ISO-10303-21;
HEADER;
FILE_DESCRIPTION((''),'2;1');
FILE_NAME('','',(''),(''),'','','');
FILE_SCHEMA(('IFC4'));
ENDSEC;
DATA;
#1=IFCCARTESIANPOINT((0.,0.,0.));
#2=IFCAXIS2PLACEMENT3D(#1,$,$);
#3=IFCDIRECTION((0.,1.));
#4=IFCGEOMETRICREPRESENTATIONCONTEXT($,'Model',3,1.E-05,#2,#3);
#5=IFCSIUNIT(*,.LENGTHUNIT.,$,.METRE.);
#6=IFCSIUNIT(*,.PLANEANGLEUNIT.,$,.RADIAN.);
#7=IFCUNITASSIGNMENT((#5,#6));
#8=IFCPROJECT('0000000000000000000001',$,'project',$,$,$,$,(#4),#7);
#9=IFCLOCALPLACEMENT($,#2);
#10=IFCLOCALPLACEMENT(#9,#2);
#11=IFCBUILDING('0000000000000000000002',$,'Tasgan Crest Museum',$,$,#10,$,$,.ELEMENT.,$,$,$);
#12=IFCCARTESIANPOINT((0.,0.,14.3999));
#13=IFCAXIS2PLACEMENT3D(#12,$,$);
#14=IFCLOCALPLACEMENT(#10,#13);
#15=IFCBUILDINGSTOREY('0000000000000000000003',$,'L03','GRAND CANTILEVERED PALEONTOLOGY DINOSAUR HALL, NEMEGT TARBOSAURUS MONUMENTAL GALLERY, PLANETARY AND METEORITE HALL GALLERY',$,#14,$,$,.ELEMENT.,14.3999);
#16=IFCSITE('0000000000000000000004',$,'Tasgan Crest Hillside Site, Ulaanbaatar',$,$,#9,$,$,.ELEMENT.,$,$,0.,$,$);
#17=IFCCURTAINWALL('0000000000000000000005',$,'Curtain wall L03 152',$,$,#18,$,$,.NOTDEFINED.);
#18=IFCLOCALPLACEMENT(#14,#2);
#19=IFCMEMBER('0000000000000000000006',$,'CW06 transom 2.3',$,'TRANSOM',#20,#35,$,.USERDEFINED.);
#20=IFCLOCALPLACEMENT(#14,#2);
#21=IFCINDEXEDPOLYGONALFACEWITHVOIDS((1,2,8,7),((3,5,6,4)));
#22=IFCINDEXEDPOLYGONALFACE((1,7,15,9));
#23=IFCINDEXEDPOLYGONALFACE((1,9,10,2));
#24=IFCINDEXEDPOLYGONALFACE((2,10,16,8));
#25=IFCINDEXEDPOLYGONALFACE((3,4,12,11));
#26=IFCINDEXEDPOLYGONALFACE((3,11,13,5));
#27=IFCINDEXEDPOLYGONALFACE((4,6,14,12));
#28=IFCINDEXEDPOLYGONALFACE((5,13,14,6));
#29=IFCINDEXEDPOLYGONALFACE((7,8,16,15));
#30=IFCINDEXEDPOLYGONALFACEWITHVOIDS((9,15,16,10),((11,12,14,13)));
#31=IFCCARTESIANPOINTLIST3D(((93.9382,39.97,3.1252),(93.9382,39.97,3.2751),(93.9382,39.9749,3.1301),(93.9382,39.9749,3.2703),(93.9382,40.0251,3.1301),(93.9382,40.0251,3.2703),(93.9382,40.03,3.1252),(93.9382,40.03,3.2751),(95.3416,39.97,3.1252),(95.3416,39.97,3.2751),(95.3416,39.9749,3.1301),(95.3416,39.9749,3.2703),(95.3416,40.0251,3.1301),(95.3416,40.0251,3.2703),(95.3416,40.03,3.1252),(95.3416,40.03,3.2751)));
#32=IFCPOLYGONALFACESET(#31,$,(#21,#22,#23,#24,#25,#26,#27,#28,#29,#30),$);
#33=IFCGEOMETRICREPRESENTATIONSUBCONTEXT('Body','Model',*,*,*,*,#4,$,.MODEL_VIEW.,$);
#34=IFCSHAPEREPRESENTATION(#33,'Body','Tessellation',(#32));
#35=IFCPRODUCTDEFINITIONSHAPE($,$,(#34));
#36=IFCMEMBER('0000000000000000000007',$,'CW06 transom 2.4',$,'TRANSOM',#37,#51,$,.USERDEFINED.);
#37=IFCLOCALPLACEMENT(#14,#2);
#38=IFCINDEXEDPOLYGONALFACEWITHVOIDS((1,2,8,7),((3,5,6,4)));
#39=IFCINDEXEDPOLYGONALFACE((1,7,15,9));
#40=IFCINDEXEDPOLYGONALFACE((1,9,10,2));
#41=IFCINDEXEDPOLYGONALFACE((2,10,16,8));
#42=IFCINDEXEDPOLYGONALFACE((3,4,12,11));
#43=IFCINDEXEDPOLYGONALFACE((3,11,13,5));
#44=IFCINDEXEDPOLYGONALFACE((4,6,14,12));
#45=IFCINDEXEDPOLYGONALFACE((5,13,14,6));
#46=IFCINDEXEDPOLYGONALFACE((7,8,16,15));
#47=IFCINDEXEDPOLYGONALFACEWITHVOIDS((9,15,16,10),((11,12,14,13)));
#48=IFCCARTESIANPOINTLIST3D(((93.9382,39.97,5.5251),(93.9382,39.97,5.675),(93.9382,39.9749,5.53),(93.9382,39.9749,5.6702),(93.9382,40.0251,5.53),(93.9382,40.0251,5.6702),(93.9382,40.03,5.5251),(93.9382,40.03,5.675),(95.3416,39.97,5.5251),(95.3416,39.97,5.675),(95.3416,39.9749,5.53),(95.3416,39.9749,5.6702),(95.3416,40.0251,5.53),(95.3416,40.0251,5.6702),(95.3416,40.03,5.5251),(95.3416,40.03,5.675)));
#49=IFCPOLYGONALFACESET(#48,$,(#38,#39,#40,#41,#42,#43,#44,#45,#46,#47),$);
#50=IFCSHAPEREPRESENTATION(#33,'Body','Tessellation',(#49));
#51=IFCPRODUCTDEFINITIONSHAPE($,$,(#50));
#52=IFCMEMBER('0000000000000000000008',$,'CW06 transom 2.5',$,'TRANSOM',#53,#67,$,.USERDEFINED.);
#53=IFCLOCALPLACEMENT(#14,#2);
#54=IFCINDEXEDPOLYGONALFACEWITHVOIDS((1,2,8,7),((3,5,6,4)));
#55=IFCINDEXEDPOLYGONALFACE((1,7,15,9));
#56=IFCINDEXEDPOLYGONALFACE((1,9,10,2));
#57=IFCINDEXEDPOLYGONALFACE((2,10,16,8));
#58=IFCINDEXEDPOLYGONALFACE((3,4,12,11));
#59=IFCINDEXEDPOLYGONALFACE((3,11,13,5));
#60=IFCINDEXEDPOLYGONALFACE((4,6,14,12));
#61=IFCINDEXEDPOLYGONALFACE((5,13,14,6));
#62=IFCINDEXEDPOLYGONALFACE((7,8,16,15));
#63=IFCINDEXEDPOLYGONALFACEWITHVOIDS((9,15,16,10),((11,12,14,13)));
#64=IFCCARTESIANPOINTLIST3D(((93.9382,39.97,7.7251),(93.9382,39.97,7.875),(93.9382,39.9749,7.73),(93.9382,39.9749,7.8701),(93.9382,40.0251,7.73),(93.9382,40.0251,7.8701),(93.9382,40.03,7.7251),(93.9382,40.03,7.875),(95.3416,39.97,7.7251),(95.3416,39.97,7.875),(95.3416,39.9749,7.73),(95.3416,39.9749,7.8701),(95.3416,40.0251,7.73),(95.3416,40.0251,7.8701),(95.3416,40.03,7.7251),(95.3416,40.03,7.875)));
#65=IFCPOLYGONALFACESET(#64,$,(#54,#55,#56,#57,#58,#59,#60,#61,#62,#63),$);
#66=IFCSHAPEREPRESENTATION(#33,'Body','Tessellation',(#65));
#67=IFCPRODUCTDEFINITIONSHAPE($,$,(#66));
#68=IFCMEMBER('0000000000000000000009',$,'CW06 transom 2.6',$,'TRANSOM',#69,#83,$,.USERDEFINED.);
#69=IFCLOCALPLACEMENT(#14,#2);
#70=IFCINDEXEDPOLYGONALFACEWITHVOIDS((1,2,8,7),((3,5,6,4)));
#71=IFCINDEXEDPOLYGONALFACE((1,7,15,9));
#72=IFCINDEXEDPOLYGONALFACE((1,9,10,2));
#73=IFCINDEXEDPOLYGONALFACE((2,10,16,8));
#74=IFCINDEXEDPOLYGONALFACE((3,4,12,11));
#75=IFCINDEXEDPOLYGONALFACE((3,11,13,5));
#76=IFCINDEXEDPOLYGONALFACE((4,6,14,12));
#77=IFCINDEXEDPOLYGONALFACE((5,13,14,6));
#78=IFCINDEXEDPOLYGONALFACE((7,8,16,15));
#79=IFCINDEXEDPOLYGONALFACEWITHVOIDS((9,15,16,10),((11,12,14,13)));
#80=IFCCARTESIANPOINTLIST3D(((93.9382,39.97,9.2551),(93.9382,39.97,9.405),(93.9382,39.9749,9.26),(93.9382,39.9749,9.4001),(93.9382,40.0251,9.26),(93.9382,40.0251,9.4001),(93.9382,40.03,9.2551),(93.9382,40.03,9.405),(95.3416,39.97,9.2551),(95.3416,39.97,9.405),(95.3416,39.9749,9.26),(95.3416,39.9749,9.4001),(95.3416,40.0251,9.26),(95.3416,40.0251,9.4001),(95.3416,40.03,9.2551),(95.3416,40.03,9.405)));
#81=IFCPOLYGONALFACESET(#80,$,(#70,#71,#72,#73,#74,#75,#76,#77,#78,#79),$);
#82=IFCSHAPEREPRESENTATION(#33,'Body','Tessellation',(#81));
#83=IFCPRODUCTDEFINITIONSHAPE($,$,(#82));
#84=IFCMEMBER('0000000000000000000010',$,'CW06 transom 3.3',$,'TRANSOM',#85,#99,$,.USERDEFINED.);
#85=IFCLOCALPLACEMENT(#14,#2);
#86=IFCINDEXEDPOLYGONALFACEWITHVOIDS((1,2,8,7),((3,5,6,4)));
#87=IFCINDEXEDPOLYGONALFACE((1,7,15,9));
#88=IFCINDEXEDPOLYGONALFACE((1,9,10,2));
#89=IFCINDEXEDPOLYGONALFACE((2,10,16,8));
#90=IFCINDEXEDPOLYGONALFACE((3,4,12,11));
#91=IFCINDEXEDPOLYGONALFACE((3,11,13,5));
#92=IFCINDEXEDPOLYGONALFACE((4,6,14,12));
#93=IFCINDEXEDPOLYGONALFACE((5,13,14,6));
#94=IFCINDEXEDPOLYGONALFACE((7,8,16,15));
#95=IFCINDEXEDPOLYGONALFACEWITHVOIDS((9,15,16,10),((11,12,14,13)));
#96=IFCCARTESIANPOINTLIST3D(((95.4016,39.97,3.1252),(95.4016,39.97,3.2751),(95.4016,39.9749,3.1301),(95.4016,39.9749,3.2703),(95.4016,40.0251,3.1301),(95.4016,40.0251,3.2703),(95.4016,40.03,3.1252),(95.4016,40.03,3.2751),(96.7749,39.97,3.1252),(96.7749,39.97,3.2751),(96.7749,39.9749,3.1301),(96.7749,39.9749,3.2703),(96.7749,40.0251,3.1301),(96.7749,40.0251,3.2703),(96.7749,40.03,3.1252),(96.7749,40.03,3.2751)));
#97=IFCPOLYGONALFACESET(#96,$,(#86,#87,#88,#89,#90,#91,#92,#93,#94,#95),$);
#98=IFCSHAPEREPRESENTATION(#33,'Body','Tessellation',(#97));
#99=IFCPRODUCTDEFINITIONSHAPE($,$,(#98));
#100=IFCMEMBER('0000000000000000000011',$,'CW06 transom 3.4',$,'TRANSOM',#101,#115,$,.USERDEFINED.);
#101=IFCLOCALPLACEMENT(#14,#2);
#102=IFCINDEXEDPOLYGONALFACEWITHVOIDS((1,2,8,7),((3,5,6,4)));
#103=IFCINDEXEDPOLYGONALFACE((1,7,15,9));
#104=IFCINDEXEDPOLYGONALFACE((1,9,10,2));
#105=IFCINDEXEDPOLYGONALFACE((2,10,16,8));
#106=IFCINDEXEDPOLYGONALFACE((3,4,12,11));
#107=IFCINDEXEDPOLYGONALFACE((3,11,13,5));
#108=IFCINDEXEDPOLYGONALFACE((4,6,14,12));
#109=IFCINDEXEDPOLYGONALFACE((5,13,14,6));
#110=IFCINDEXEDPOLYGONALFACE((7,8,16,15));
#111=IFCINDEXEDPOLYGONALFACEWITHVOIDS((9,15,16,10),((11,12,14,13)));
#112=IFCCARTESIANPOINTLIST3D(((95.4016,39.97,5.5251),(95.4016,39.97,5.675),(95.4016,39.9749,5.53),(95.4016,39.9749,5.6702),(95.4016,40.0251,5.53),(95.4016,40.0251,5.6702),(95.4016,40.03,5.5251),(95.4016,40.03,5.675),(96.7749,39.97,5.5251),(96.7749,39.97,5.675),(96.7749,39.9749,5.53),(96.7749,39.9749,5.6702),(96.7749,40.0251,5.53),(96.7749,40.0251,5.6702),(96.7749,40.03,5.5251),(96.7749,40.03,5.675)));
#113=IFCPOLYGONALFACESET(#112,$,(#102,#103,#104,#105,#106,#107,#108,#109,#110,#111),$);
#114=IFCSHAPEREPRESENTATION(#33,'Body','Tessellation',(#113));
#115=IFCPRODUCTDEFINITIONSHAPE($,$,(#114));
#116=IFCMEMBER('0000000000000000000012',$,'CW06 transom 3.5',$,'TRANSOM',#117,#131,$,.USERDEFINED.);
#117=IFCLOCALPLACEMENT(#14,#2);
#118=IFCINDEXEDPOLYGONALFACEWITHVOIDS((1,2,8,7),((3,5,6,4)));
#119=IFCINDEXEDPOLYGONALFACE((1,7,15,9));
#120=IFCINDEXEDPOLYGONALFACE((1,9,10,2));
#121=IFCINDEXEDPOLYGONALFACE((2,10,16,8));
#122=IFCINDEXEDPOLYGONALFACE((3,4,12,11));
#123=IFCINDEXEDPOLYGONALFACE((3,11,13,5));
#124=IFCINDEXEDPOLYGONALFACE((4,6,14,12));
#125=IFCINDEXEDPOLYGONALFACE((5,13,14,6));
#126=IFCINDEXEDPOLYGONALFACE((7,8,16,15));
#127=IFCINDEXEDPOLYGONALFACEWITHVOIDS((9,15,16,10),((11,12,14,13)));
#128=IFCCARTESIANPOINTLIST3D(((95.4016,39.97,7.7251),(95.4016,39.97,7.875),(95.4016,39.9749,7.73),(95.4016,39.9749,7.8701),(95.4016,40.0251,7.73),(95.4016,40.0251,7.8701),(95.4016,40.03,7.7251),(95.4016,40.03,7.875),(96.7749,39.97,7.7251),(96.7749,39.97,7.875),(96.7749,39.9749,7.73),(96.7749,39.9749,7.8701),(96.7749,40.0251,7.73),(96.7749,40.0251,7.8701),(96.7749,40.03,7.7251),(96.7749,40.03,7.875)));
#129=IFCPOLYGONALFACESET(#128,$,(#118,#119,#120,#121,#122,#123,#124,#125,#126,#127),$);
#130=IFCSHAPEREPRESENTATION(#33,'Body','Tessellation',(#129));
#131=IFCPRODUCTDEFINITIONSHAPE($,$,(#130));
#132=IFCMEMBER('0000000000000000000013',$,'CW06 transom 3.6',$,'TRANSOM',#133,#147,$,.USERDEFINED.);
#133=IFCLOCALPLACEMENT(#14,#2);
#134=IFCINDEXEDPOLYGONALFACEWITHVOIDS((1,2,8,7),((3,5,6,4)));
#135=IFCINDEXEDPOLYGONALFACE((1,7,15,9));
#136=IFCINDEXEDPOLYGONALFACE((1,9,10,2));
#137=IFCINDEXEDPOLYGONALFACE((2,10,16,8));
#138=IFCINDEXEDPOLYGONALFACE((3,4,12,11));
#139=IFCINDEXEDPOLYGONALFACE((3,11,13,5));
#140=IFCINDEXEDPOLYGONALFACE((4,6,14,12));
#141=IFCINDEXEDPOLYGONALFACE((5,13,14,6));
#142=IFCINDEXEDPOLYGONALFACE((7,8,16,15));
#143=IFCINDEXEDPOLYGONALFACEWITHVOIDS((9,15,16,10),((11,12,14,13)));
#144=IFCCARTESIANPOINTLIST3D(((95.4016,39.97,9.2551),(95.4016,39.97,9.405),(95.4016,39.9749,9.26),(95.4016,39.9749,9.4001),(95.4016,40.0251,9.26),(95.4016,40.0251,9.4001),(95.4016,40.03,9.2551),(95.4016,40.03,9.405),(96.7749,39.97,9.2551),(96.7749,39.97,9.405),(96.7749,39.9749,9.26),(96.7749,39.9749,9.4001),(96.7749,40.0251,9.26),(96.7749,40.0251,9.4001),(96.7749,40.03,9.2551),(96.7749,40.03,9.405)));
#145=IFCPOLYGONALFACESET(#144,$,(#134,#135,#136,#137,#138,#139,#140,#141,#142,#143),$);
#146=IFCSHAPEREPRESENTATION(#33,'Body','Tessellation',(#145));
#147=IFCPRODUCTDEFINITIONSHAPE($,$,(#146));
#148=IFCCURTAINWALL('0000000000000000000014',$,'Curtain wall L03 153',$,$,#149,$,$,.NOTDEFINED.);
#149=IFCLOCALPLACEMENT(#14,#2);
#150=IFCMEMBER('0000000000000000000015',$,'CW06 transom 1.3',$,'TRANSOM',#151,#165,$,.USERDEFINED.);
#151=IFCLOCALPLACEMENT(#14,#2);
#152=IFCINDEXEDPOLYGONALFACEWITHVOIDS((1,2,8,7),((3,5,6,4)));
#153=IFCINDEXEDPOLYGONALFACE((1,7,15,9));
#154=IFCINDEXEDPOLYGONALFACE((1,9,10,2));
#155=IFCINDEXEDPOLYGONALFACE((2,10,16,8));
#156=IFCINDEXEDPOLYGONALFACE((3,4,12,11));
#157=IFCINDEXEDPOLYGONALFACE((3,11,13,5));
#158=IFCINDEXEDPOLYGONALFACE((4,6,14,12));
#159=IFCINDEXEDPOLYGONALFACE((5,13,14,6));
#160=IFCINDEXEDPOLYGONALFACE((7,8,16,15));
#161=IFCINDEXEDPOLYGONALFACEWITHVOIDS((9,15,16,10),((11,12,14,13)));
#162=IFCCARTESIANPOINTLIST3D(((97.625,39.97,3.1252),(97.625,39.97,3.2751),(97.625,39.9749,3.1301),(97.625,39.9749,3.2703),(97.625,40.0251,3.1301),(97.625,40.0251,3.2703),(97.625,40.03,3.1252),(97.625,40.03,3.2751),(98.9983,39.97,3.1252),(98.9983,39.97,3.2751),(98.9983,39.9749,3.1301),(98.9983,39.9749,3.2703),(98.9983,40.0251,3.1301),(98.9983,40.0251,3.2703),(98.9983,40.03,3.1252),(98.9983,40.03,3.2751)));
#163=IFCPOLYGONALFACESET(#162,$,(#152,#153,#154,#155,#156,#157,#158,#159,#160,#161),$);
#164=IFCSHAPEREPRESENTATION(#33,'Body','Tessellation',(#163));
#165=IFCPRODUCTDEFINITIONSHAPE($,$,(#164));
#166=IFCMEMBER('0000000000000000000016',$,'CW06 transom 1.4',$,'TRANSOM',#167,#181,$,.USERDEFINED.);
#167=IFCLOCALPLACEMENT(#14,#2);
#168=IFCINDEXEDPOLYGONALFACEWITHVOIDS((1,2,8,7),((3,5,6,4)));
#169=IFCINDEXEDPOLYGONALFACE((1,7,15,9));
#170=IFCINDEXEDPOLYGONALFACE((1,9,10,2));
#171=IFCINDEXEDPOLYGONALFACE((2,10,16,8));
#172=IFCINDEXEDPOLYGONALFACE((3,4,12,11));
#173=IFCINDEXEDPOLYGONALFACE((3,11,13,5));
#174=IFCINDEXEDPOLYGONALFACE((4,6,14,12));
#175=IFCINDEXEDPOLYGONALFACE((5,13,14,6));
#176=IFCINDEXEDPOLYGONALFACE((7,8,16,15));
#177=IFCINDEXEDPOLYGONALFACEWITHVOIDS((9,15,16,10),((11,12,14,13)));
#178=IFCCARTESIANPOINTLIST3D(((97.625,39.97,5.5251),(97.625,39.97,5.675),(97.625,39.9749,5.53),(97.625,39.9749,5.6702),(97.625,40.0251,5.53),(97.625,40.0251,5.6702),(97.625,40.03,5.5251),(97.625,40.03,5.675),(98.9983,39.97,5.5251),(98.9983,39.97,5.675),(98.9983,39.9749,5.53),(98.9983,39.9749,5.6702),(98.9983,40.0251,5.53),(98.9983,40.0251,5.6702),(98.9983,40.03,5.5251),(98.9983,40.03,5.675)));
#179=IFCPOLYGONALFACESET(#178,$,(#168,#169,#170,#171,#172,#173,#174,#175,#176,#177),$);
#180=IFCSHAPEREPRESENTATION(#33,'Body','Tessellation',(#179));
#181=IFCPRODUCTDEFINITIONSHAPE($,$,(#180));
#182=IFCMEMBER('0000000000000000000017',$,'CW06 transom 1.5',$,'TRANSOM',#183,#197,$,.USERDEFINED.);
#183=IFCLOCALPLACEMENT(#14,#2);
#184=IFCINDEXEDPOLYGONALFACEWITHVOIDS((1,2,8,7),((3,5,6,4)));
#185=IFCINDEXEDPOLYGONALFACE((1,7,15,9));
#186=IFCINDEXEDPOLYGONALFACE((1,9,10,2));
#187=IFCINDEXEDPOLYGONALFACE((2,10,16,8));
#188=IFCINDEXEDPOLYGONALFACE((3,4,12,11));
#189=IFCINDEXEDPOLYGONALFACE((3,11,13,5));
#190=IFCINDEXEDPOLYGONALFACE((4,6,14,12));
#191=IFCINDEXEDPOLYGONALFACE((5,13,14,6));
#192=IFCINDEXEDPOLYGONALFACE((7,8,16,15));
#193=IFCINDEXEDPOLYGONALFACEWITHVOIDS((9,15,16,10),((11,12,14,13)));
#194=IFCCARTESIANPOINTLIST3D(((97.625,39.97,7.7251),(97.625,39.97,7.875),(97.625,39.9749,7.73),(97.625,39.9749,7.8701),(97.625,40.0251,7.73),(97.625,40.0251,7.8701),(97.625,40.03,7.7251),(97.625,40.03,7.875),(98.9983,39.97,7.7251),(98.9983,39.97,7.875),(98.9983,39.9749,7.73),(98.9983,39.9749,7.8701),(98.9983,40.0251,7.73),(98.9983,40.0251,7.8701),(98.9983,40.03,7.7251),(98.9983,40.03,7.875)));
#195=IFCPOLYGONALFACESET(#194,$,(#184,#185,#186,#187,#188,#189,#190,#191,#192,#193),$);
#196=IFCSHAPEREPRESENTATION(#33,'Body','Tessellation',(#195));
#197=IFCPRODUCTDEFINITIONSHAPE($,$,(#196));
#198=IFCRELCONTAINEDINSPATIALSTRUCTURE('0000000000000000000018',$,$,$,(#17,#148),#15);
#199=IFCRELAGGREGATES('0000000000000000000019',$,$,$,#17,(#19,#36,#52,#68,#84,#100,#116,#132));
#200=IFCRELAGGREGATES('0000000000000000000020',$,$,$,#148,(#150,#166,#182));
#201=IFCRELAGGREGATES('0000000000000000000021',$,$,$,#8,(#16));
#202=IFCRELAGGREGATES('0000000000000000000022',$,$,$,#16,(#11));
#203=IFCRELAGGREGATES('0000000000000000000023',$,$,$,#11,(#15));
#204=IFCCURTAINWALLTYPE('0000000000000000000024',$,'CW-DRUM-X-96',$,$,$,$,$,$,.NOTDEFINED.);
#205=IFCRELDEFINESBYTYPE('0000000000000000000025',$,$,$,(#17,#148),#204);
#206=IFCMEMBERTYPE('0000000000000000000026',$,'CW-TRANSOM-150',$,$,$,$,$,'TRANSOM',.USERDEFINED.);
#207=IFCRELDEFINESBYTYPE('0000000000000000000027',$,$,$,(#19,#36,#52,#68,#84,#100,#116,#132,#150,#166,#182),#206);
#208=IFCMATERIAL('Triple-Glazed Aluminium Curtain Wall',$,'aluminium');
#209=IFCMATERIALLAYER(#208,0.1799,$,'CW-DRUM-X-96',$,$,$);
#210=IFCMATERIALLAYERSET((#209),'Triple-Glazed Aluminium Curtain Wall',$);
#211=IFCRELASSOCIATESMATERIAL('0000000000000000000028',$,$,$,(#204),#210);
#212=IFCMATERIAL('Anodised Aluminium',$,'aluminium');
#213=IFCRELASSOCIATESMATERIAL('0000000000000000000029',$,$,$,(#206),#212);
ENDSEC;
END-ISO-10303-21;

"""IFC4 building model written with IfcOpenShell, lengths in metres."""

from ifc_helpers import new_model, si_unit, direction, frame, origin, origin_2d, place, context, subcontext, project, spatial, hollow_rectangle, extrude, material, layer, layer_set, material_profile, profile_set, type_object, element, aggregate, save


model = new_model("IFC4")

# Units and contexts
model_context = context("Model", 3, precision=1e-05, world=origin(), true_north=direction((0.0, 1.0)))
body_context = subcontext(model_context, "Body", "Model", "MODEL_VIEW")
ifc_project = project(units=[si_unit("LENGTHUNIT", "METRE"), si_unit("PLANEANGLEUNIT", "RADIAN")], contexts=[model_context])

# Site, building, storey
site_placement = place(None, origin())
site = spatial("IfcSite", under=ifc_project, at=site_placement, Name="Tasgan Crest Hillside Site, Ulaanbaatar", CompositionType="ELEMENT", RefElevation=0.0)
building_placement = place(site_placement, origin())
building = spatial("IfcBuilding", under=site, at=building_placement, Name="Tasgan Crest Museum", CompositionType="ELEMENT")
storey_placement = place(building_placement, frame((0.0, 0.0, 14.3999)))
storey = spatial("IfcBuildingStorey", under=building, at=storey_placement, Name="L03", Description="GRAND CANTILEVERED PALEONTOLOGY DINOSAUR HALL, NEMEGT TARBOSAURUS MONUMENTAL GALLERY, PLANETARY AND METEORITE HALL GALLERY", CompositionType="ELEMENT", Elevation=14.3999)

# Curtain walls, members
ifc_material_1 = material(Name="Triple-Glazed Aluminium Curtain Wall", Category="aluminium")
ifc_layer_1 = layer(ifc_material_1, 0.1799, Name="CW-DRUM-X-96")
ifc_layer_set_1 = layer_set([ifc_layer_1], Name="Triple-Glazed Aluminium Curtain Wall")
curtain_wall_type = type_object("IfcCurtainWallType", Name="CW-DRUM-X-96", PredefinedType="NOTDEFINED", material=ifc_layer_set_1)
curtain_wall_1_placement = place(storey_placement, origin())
curtain_wall_1 = element("IfcCurtainWall", 1, at=curtain_wall_1_placement, inside=storey, type_object=curtain_wall_type, Name="Curtain wall L03 152", PredefinedType="NOTDEFINED")
ifc_material_2 = material(Name="Anodised Aluminium", Category="aluminium")
ifc_material_profile = material_profile(ifc_material_2, hollow_rectangle(XDim=0.0601, YDim=0.1499, WallThickness=0.0049, at=origin_2d()), Name="ALU TRANSOM 150x60x5")
ifc_profile_set = profile_set([ifc_material_profile], Name="Anodised Aluminium")
member_type = type_object("IfcMemberType", Name="CW-TRANSOM-150", ElementType="TRANSOM", PredefinedType="USERDEFINED", material=ifc_profile_set)
member_1_placement = place(storey_placement, frame((93.9382, 40.0, 3.2002), z_axis=(1.0, 0.0, 0.0), x_axis=(0.0, 1.0, 0.0)))
member_1 = element("IfcMember", 2, at=member_1_placement, type_object=member_type, Name="CW06 transom 2.3", ObjectType="TRANSOM", PredefinedType="USERDEFINED", context=body_context, shape_type="SweptSolid", body=[
    extrude(hollow_rectangle(XDim=0.0601, YDim=0.1499, WallThickness=0.0049, at=origin_2d()), origin(), (0.0, 0.0, 1.0), 1.4033),
])
member_2_placement = place(storey_placement, frame((93.9382, 40.0, 5.6001), z_axis=(1.0, 0.0, 0.0), x_axis=(0.0, 1.0, 0.0)))
member_2 = element("IfcMember", 3, at=member_2_placement, type_object=member_type, Name="CW06 transom 2.4", ObjectType="TRANSOM", PredefinedType="USERDEFINED", context=body_context, shape_type="SweptSolid", body=[
    extrude(hollow_rectangle(XDim=0.0601, YDim=0.1499, WallThickness=0.0049, at=origin_2d()), origin(), (0.0, 0.0, 1.0), 1.4033),
])
member_3_placement = place(storey_placement, frame((93.9382, 40.0, 7.8), z_axis=(1.0, 0.0, 0.0), x_axis=(0.0, 1.0, 0.0)))
member_3 = element("IfcMember", 4, at=member_3_placement, type_object=member_type, Name="CW06 transom 2.5", ObjectType="TRANSOM", PredefinedType="USERDEFINED", context=body_context, shape_type="SweptSolid", body=[
    extrude(hollow_rectangle(XDim=0.0601, YDim=0.1499, WallThickness=0.0049, at=origin_2d()), origin(), (0.0, 0.0, 1.0), 1.4033),
])
member_4_placement = place(storey_placement, frame((93.9382, 40.0, 9.3301), z_axis=(1.0, 0.0, 0.0), x_axis=(0.0, 1.0, 0.0)))
member_4 = element("IfcMember", 5, at=member_4_placement, type_object=member_type, Name="CW06 transom 2.6", ObjectType="TRANSOM", PredefinedType="USERDEFINED", context=body_context, shape_type="SweptSolid", body=[
    extrude(hollow_rectangle(XDim=0.0601, YDim=0.1499, WallThickness=0.0049, at=origin_2d()), origin(), (0.0, 0.0, 1.0), 1.4033),
])
member_5_placement = place(storey_placement, frame((95.4016, 40.0, 3.2002), z_axis=(1.0, 0.0, 0.0), x_axis=(0.0, 1.0, 0.0)))
member_5 = element("IfcMember", 6, at=member_5_placement, type_object=member_type, Name="CW06 transom 3.3", ObjectType="TRANSOM", PredefinedType="USERDEFINED", context=body_context, shape_type="SweptSolid", body=[
    extrude(hollow_rectangle(XDim=0.0601, YDim=0.1499, WallThickness=0.0049, at=origin_2d()), origin(), (0.0, 0.0, 1.0), 1.3733),
])
member_6_placement = place(storey_placement, frame((95.4016, 40.0, 5.6001), z_axis=(1.0, 0.0, 0.0), x_axis=(0.0, 1.0, 0.0)))
member_6 = element("IfcMember", 7, at=member_6_placement, type_object=member_type, Name="CW06 transom 3.4", ObjectType="TRANSOM", PredefinedType="USERDEFINED", context=body_context, shape_type="SweptSolid", body=[
    extrude(hollow_rectangle(XDim=0.0601, YDim=0.1499, WallThickness=0.0049, at=origin_2d()), origin(), (0.0, 0.0, 1.0), 1.3733),
])
member_7_placement = place(storey_placement, frame((95.4016, 40.0, 7.8), z_axis=(1.0, 0.0, 0.0), x_axis=(0.0, 1.0, 0.0)))
member_7 = element("IfcMember", 8, at=member_7_placement, type_object=member_type, Name="CW06 transom 3.5", ObjectType="TRANSOM", PredefinedType="USERDEFINED", context=body_context, shape_type="SweptSolid", body=[
    extrude(hollow_rectangle(XDim=0.0601, YDim=0.1499, WallThickness=0.0049, at=origin_2d()), origin(), (0.0, 0.0, 1.0), 1.3733),
])
member_8_placement = place(storey_placement, frame((95.4016, 40.0, 9.3301), z_axis=(1.0, 0.0, 0.0), x_axis=(0.0, 1.0, 0.0)))
member_8 = element("IfcMember", 9, at=member_8_placement, type_object=member_type, Name="CW06 transom 3.6", ObjectType="TRANSOM", PredefinedType="USERDEFINED", context=body_context, shape_type="SweptSolid", body=[
    extrude(hollow_rectangle(XDim=0.0601, YDim=0.1499, WallThickness=0.0049, at=origin_2d()), origin(), (0.0, 0.0, 1.0), 1.3733),
])
curtain_wall_2_placement = place(storey_placement, origin())
curtain_wall_2 = element("IfcCurtainWall", 10, at=curtain_wall_2_placement, inside=storey, type_object=curtain_wall_type, Name="Curtain wall L03 153", PredefinedType="NOTDEFINED")
member_9_placement = place(storey_placement, frame((97.625, 40.0, 3.2002), z_axis=(1.0, 0.0, 0.0), x_axis=(0.0, 1.0, 0.0)))
member_9 = element("IfcMember", 11, at=member_9_placement, type_object=member_type, Name="CW06 transom 1.3", ObjectType="TRANSOM", PredefinedType="USERDEFINED", context=body_context, shape_type="SweptSolid", body=[
    extrude(hollow_rectangle(XDim=0.0601, YDim=0.1499, WallThickness=0.0049, at=origin_2d()), origin(), (0.0, 0.0, 1.0), 1.3733),
])
member_10_placement = place(storey_placement, frame((97.625, 40.0, 5.6001), z_axis=(1.0, 0.0, 0.0), x_axis=(0.0, 1.0, 0.0)))
member_10 = element("IfcMember", 12, at=member_10_placement, type_object=member_type, Name="CW06 transom 1.4", ObjectType="TRANSOM", PredefinedType="USERDEFINED", context=body_context, shape_type="SweptSolid", body=[
    extrude(hollow_rectangle(XDim=0.0601, YDim=0.1499, WallThickness=0.0049, at=origin_2d()), origin(), (0.0, 0.0, 1.0), 1.3733),
])
member_11_placement = place(storey_placement, frame((97.625, 40.0, 7.8), z_axis=(1.0, 0.0, 0.0), x_axis=(0.0, 1.0, 0.0)))
member_11 = element("IfcMember", 13, at=member_11_placement, type_object=member_type, Name="CW06 transom 1.5", ObjectType="TRANSOM", PredefinedType="USERDEFINED", context=body_context, shape_type="SweptSolid", body=[
    extrude(hollow_rectangle(XDim=0.0601, YDim=0.1499, WallThickness=0.0049, at=origin_2d()), origin(), (0.0, 0.0, 1.0), 1.3733),
])

aggregate(curtain_wall_1, [member_1, member_2, member_3, member_4, member_5, member_6, member_7, member_8])
aggregate(curtain_wall_2, [member_9, member_10, member_11])

save(model, "model.ifc")
